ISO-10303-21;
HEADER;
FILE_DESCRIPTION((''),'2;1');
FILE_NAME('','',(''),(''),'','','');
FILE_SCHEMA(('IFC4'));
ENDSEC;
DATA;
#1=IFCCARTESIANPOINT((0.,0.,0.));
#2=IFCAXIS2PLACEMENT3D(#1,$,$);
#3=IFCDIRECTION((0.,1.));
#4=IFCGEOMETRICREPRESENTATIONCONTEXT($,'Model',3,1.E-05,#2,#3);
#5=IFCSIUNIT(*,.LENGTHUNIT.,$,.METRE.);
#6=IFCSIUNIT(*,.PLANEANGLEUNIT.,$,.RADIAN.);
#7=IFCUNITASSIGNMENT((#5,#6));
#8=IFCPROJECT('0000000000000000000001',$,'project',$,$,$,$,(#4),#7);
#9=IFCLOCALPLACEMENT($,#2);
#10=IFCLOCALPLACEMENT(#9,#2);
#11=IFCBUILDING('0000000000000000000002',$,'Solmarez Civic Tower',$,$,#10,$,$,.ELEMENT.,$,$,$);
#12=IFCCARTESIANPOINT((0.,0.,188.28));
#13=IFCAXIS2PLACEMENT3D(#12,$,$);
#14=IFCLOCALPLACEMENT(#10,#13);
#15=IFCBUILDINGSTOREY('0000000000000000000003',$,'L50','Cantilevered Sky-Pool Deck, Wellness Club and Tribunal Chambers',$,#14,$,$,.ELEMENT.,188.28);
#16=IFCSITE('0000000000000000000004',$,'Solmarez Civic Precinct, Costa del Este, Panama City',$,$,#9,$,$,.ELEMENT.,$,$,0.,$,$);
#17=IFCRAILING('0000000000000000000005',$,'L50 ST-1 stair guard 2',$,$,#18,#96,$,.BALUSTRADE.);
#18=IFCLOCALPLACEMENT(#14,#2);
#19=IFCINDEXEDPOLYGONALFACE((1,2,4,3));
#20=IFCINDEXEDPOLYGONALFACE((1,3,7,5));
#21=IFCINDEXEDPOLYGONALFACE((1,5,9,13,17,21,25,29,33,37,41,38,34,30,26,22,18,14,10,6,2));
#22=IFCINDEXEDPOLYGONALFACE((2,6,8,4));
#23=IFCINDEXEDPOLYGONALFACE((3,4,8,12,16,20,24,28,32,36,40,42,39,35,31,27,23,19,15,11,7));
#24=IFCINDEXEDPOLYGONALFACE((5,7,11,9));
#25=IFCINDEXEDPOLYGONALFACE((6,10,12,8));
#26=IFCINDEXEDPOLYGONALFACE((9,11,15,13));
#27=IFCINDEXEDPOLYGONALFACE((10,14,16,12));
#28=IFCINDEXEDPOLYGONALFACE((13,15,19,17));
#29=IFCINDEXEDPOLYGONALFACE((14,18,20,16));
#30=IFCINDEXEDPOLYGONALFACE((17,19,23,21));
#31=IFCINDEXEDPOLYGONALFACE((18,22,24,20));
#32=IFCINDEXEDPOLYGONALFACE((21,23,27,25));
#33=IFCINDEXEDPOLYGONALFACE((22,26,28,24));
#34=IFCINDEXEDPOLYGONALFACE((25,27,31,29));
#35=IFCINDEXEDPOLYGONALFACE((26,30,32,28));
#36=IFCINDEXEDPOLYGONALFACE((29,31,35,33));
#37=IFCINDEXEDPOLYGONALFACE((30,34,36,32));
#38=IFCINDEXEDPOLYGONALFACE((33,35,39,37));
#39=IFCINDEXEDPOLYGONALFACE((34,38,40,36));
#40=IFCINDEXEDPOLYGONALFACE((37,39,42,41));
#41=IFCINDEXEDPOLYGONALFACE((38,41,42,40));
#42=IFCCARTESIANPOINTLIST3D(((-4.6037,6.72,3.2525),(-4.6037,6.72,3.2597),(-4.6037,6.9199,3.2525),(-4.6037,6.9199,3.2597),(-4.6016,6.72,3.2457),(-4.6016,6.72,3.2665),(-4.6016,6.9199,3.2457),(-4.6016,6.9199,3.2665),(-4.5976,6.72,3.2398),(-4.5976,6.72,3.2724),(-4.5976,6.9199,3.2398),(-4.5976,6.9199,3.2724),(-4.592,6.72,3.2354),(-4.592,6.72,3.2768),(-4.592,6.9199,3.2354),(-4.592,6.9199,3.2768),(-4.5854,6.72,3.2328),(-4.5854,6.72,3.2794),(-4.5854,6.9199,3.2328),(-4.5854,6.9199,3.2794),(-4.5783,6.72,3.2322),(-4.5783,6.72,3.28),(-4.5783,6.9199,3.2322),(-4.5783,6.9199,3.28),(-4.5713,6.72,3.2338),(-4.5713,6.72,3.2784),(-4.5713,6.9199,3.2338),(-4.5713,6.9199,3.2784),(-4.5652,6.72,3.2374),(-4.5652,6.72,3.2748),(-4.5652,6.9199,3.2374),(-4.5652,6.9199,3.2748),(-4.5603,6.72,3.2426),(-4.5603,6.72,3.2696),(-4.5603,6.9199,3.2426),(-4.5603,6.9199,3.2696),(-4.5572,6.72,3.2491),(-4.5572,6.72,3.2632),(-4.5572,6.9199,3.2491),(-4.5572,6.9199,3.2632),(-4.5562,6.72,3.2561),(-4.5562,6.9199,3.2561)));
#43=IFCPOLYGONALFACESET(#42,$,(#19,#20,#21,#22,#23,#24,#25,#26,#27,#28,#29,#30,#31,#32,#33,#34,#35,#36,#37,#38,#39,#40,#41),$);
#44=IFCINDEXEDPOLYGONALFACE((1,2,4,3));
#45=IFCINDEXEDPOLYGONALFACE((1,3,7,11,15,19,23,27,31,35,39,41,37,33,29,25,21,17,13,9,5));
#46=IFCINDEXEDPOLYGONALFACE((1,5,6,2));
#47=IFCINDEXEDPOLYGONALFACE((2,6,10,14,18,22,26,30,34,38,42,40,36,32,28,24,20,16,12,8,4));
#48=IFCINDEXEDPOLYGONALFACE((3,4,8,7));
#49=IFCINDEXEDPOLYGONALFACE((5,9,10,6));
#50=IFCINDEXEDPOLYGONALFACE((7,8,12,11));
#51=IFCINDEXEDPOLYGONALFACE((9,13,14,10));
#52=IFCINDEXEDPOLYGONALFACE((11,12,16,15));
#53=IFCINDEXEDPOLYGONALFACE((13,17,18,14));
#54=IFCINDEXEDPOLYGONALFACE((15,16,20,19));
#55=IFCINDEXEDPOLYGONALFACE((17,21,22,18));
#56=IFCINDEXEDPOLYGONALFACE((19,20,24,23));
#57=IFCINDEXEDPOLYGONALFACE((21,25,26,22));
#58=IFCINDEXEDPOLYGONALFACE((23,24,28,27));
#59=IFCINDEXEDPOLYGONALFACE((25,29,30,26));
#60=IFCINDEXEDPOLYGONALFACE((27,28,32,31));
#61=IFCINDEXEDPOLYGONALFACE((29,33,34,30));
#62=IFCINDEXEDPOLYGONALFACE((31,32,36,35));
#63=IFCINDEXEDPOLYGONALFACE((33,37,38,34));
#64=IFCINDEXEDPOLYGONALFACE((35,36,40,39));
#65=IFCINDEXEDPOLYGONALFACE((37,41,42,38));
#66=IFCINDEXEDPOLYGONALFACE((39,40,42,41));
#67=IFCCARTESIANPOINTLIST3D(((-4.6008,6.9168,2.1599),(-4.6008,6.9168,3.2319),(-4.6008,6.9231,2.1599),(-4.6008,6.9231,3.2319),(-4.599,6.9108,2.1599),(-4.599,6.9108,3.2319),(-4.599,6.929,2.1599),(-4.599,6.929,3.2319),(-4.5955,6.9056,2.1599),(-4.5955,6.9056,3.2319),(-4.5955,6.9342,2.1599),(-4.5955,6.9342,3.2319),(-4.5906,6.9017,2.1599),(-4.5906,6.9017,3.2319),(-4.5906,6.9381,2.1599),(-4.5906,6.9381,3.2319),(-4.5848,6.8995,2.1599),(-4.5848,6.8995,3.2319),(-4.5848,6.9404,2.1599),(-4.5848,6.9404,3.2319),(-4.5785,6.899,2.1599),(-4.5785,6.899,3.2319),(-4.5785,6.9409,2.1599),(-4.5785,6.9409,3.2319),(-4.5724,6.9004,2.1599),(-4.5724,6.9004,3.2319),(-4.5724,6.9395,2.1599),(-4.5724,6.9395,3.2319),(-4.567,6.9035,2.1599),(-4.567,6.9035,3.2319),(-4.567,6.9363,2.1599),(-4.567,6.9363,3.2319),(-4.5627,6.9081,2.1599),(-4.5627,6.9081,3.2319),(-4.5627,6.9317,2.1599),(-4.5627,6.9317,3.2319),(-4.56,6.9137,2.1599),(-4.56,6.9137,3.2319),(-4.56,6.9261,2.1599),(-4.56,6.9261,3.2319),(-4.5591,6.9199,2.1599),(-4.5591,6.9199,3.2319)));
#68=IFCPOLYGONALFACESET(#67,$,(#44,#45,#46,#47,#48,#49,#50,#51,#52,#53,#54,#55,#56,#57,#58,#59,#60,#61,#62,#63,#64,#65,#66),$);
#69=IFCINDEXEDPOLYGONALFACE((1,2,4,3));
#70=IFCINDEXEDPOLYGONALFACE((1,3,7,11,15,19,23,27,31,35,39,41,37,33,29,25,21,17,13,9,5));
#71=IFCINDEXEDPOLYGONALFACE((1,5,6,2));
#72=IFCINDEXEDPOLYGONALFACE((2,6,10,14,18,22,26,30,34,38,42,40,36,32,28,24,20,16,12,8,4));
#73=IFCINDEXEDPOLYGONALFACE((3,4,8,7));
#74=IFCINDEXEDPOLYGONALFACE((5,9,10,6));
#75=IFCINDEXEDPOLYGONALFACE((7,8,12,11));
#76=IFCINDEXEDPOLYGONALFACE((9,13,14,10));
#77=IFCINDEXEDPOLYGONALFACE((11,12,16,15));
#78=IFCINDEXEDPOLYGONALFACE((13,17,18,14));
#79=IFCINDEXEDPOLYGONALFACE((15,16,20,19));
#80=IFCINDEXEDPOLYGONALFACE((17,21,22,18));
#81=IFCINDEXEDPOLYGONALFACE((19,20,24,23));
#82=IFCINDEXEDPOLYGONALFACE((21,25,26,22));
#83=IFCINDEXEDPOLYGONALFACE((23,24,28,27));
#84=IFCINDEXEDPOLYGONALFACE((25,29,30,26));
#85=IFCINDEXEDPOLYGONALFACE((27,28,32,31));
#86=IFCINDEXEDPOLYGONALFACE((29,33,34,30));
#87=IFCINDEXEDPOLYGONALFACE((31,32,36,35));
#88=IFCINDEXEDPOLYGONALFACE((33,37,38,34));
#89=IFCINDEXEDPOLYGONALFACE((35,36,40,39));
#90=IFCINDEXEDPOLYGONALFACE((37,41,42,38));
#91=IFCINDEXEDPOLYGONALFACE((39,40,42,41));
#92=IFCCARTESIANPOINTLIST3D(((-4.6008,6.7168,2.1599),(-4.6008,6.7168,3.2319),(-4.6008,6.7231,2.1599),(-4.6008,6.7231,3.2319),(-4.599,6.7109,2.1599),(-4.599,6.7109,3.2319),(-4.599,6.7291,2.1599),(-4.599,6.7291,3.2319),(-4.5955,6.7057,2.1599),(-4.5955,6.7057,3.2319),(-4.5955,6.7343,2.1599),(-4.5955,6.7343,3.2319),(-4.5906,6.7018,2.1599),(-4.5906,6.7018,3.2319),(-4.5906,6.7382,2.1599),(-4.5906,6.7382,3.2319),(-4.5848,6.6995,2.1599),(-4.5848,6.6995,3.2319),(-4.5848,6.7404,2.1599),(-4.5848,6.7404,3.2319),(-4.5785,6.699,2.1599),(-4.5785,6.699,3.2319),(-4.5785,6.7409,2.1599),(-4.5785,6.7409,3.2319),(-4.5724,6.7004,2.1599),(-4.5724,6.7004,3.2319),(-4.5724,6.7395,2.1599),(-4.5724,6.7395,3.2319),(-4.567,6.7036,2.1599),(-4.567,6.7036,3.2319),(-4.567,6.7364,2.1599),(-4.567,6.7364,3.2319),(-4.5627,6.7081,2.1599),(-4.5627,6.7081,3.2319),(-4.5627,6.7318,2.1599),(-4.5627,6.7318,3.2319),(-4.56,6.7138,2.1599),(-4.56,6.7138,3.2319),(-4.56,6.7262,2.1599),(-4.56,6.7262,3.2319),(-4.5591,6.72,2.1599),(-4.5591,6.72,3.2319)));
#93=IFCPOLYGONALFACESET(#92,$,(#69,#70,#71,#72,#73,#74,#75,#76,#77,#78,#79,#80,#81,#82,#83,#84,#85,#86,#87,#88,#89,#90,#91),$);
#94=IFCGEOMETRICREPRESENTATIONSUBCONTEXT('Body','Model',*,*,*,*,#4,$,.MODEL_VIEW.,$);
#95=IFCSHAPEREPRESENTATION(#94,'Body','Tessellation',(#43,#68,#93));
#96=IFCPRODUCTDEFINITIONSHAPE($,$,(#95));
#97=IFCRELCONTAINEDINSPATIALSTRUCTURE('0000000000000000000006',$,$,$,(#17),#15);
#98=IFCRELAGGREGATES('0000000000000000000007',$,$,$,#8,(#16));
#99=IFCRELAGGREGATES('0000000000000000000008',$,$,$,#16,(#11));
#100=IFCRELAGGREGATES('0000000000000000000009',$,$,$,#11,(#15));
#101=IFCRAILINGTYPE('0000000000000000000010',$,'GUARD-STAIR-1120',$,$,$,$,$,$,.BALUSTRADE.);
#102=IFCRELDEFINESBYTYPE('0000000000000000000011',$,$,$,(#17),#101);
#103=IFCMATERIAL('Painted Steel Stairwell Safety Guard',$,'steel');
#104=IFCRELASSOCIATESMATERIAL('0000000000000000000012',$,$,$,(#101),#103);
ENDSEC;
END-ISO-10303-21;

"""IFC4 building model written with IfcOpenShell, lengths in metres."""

from ifc_helpers import new_model, si_unit, direction, frame, origin, origin_2d, place, context, subcontext, project, spatial, circle, extrude, material, type_object, element, save


model = new_model("IFC4")

# Units and contexts
model_context = context("Model", 3, precision=1e-05, world=origin(), true_north=direction((0.0, 1.0)))
body_context = subcontext(model_context, "Body", "Model", "MODEL_VIEW")
ifc_project = project(units=[si_unit("LENGTHUNIT", "METRE"), si_unit("PLANEANGLEUNIT", "RADIAN")], contexts=[model_context])

# Site, building, storey
site_placement = place(None, origin())
site = spatial("IfcSite", under=ifc_project, at=site_placement, Name="Solmarez Civic Precinct, Costa del Este, Panama City", CompositionType="ELEMENT", RefElevation=0.0)
building_placement = place(site_placement, origin())
building = spatial("IfcBuilding", under=site, at=building_placement, Name="Solmarez Civic Tower", CompositionType="ELEMENT")
storey_placement = place(building_placement, frame((0.0, 0.0, 188.28)))
storey = spatial("IfcBuildingStorey", under=building, at=storey_placement, Name="L50", Description="Cantilevered Sky-Pool Deck, Wellness Club and Tribunal Chambers", CompositionType="ELEMENT", Elevation=188.28)

# Railing
ifc_material_1 = material(Name="Painted Steel Stairwell Safety Guard", Category="steel")
railing_type_1 = type_object("IfcRailingType", Name="GUARD-STAIR-1120", PredefinedType="BALUSTRADE", material=ifc_material_1)
railing_1_placement = place(storey_placement, frame((-4.5801, 6.9199, 2.1599)))
element("IfcRailing", 1, at=railing_1_placement, inside=storey, type_object=railing_type_1, Name="L50 ST-1 stair guard 2", PredefinedType="BALUSTRADE", context=body_context, shape_type="SweptSolid", body=[
    extrude(circle(Radius=0.0239, at=origin_2d()), frame((0.0, 0.0, 1.0962), z_axis=(0.0, -1.0, 0.0), x_axis=(1.0, 0.0, 0.0)), (0.0, 0.0, 1.0), 0.2),
    extrude(circle(Radius=0.021, at=origin_2d()), origin(), (0.0, 0.0, 1.0), 1.072),
    extrude(circle(Radius=0.021, at=origin_2d()), frame((0.0, -0.2, 0.0)), (0.0, 0.0, 1.0), 1.072),
])

save(model, "model.ifc")
